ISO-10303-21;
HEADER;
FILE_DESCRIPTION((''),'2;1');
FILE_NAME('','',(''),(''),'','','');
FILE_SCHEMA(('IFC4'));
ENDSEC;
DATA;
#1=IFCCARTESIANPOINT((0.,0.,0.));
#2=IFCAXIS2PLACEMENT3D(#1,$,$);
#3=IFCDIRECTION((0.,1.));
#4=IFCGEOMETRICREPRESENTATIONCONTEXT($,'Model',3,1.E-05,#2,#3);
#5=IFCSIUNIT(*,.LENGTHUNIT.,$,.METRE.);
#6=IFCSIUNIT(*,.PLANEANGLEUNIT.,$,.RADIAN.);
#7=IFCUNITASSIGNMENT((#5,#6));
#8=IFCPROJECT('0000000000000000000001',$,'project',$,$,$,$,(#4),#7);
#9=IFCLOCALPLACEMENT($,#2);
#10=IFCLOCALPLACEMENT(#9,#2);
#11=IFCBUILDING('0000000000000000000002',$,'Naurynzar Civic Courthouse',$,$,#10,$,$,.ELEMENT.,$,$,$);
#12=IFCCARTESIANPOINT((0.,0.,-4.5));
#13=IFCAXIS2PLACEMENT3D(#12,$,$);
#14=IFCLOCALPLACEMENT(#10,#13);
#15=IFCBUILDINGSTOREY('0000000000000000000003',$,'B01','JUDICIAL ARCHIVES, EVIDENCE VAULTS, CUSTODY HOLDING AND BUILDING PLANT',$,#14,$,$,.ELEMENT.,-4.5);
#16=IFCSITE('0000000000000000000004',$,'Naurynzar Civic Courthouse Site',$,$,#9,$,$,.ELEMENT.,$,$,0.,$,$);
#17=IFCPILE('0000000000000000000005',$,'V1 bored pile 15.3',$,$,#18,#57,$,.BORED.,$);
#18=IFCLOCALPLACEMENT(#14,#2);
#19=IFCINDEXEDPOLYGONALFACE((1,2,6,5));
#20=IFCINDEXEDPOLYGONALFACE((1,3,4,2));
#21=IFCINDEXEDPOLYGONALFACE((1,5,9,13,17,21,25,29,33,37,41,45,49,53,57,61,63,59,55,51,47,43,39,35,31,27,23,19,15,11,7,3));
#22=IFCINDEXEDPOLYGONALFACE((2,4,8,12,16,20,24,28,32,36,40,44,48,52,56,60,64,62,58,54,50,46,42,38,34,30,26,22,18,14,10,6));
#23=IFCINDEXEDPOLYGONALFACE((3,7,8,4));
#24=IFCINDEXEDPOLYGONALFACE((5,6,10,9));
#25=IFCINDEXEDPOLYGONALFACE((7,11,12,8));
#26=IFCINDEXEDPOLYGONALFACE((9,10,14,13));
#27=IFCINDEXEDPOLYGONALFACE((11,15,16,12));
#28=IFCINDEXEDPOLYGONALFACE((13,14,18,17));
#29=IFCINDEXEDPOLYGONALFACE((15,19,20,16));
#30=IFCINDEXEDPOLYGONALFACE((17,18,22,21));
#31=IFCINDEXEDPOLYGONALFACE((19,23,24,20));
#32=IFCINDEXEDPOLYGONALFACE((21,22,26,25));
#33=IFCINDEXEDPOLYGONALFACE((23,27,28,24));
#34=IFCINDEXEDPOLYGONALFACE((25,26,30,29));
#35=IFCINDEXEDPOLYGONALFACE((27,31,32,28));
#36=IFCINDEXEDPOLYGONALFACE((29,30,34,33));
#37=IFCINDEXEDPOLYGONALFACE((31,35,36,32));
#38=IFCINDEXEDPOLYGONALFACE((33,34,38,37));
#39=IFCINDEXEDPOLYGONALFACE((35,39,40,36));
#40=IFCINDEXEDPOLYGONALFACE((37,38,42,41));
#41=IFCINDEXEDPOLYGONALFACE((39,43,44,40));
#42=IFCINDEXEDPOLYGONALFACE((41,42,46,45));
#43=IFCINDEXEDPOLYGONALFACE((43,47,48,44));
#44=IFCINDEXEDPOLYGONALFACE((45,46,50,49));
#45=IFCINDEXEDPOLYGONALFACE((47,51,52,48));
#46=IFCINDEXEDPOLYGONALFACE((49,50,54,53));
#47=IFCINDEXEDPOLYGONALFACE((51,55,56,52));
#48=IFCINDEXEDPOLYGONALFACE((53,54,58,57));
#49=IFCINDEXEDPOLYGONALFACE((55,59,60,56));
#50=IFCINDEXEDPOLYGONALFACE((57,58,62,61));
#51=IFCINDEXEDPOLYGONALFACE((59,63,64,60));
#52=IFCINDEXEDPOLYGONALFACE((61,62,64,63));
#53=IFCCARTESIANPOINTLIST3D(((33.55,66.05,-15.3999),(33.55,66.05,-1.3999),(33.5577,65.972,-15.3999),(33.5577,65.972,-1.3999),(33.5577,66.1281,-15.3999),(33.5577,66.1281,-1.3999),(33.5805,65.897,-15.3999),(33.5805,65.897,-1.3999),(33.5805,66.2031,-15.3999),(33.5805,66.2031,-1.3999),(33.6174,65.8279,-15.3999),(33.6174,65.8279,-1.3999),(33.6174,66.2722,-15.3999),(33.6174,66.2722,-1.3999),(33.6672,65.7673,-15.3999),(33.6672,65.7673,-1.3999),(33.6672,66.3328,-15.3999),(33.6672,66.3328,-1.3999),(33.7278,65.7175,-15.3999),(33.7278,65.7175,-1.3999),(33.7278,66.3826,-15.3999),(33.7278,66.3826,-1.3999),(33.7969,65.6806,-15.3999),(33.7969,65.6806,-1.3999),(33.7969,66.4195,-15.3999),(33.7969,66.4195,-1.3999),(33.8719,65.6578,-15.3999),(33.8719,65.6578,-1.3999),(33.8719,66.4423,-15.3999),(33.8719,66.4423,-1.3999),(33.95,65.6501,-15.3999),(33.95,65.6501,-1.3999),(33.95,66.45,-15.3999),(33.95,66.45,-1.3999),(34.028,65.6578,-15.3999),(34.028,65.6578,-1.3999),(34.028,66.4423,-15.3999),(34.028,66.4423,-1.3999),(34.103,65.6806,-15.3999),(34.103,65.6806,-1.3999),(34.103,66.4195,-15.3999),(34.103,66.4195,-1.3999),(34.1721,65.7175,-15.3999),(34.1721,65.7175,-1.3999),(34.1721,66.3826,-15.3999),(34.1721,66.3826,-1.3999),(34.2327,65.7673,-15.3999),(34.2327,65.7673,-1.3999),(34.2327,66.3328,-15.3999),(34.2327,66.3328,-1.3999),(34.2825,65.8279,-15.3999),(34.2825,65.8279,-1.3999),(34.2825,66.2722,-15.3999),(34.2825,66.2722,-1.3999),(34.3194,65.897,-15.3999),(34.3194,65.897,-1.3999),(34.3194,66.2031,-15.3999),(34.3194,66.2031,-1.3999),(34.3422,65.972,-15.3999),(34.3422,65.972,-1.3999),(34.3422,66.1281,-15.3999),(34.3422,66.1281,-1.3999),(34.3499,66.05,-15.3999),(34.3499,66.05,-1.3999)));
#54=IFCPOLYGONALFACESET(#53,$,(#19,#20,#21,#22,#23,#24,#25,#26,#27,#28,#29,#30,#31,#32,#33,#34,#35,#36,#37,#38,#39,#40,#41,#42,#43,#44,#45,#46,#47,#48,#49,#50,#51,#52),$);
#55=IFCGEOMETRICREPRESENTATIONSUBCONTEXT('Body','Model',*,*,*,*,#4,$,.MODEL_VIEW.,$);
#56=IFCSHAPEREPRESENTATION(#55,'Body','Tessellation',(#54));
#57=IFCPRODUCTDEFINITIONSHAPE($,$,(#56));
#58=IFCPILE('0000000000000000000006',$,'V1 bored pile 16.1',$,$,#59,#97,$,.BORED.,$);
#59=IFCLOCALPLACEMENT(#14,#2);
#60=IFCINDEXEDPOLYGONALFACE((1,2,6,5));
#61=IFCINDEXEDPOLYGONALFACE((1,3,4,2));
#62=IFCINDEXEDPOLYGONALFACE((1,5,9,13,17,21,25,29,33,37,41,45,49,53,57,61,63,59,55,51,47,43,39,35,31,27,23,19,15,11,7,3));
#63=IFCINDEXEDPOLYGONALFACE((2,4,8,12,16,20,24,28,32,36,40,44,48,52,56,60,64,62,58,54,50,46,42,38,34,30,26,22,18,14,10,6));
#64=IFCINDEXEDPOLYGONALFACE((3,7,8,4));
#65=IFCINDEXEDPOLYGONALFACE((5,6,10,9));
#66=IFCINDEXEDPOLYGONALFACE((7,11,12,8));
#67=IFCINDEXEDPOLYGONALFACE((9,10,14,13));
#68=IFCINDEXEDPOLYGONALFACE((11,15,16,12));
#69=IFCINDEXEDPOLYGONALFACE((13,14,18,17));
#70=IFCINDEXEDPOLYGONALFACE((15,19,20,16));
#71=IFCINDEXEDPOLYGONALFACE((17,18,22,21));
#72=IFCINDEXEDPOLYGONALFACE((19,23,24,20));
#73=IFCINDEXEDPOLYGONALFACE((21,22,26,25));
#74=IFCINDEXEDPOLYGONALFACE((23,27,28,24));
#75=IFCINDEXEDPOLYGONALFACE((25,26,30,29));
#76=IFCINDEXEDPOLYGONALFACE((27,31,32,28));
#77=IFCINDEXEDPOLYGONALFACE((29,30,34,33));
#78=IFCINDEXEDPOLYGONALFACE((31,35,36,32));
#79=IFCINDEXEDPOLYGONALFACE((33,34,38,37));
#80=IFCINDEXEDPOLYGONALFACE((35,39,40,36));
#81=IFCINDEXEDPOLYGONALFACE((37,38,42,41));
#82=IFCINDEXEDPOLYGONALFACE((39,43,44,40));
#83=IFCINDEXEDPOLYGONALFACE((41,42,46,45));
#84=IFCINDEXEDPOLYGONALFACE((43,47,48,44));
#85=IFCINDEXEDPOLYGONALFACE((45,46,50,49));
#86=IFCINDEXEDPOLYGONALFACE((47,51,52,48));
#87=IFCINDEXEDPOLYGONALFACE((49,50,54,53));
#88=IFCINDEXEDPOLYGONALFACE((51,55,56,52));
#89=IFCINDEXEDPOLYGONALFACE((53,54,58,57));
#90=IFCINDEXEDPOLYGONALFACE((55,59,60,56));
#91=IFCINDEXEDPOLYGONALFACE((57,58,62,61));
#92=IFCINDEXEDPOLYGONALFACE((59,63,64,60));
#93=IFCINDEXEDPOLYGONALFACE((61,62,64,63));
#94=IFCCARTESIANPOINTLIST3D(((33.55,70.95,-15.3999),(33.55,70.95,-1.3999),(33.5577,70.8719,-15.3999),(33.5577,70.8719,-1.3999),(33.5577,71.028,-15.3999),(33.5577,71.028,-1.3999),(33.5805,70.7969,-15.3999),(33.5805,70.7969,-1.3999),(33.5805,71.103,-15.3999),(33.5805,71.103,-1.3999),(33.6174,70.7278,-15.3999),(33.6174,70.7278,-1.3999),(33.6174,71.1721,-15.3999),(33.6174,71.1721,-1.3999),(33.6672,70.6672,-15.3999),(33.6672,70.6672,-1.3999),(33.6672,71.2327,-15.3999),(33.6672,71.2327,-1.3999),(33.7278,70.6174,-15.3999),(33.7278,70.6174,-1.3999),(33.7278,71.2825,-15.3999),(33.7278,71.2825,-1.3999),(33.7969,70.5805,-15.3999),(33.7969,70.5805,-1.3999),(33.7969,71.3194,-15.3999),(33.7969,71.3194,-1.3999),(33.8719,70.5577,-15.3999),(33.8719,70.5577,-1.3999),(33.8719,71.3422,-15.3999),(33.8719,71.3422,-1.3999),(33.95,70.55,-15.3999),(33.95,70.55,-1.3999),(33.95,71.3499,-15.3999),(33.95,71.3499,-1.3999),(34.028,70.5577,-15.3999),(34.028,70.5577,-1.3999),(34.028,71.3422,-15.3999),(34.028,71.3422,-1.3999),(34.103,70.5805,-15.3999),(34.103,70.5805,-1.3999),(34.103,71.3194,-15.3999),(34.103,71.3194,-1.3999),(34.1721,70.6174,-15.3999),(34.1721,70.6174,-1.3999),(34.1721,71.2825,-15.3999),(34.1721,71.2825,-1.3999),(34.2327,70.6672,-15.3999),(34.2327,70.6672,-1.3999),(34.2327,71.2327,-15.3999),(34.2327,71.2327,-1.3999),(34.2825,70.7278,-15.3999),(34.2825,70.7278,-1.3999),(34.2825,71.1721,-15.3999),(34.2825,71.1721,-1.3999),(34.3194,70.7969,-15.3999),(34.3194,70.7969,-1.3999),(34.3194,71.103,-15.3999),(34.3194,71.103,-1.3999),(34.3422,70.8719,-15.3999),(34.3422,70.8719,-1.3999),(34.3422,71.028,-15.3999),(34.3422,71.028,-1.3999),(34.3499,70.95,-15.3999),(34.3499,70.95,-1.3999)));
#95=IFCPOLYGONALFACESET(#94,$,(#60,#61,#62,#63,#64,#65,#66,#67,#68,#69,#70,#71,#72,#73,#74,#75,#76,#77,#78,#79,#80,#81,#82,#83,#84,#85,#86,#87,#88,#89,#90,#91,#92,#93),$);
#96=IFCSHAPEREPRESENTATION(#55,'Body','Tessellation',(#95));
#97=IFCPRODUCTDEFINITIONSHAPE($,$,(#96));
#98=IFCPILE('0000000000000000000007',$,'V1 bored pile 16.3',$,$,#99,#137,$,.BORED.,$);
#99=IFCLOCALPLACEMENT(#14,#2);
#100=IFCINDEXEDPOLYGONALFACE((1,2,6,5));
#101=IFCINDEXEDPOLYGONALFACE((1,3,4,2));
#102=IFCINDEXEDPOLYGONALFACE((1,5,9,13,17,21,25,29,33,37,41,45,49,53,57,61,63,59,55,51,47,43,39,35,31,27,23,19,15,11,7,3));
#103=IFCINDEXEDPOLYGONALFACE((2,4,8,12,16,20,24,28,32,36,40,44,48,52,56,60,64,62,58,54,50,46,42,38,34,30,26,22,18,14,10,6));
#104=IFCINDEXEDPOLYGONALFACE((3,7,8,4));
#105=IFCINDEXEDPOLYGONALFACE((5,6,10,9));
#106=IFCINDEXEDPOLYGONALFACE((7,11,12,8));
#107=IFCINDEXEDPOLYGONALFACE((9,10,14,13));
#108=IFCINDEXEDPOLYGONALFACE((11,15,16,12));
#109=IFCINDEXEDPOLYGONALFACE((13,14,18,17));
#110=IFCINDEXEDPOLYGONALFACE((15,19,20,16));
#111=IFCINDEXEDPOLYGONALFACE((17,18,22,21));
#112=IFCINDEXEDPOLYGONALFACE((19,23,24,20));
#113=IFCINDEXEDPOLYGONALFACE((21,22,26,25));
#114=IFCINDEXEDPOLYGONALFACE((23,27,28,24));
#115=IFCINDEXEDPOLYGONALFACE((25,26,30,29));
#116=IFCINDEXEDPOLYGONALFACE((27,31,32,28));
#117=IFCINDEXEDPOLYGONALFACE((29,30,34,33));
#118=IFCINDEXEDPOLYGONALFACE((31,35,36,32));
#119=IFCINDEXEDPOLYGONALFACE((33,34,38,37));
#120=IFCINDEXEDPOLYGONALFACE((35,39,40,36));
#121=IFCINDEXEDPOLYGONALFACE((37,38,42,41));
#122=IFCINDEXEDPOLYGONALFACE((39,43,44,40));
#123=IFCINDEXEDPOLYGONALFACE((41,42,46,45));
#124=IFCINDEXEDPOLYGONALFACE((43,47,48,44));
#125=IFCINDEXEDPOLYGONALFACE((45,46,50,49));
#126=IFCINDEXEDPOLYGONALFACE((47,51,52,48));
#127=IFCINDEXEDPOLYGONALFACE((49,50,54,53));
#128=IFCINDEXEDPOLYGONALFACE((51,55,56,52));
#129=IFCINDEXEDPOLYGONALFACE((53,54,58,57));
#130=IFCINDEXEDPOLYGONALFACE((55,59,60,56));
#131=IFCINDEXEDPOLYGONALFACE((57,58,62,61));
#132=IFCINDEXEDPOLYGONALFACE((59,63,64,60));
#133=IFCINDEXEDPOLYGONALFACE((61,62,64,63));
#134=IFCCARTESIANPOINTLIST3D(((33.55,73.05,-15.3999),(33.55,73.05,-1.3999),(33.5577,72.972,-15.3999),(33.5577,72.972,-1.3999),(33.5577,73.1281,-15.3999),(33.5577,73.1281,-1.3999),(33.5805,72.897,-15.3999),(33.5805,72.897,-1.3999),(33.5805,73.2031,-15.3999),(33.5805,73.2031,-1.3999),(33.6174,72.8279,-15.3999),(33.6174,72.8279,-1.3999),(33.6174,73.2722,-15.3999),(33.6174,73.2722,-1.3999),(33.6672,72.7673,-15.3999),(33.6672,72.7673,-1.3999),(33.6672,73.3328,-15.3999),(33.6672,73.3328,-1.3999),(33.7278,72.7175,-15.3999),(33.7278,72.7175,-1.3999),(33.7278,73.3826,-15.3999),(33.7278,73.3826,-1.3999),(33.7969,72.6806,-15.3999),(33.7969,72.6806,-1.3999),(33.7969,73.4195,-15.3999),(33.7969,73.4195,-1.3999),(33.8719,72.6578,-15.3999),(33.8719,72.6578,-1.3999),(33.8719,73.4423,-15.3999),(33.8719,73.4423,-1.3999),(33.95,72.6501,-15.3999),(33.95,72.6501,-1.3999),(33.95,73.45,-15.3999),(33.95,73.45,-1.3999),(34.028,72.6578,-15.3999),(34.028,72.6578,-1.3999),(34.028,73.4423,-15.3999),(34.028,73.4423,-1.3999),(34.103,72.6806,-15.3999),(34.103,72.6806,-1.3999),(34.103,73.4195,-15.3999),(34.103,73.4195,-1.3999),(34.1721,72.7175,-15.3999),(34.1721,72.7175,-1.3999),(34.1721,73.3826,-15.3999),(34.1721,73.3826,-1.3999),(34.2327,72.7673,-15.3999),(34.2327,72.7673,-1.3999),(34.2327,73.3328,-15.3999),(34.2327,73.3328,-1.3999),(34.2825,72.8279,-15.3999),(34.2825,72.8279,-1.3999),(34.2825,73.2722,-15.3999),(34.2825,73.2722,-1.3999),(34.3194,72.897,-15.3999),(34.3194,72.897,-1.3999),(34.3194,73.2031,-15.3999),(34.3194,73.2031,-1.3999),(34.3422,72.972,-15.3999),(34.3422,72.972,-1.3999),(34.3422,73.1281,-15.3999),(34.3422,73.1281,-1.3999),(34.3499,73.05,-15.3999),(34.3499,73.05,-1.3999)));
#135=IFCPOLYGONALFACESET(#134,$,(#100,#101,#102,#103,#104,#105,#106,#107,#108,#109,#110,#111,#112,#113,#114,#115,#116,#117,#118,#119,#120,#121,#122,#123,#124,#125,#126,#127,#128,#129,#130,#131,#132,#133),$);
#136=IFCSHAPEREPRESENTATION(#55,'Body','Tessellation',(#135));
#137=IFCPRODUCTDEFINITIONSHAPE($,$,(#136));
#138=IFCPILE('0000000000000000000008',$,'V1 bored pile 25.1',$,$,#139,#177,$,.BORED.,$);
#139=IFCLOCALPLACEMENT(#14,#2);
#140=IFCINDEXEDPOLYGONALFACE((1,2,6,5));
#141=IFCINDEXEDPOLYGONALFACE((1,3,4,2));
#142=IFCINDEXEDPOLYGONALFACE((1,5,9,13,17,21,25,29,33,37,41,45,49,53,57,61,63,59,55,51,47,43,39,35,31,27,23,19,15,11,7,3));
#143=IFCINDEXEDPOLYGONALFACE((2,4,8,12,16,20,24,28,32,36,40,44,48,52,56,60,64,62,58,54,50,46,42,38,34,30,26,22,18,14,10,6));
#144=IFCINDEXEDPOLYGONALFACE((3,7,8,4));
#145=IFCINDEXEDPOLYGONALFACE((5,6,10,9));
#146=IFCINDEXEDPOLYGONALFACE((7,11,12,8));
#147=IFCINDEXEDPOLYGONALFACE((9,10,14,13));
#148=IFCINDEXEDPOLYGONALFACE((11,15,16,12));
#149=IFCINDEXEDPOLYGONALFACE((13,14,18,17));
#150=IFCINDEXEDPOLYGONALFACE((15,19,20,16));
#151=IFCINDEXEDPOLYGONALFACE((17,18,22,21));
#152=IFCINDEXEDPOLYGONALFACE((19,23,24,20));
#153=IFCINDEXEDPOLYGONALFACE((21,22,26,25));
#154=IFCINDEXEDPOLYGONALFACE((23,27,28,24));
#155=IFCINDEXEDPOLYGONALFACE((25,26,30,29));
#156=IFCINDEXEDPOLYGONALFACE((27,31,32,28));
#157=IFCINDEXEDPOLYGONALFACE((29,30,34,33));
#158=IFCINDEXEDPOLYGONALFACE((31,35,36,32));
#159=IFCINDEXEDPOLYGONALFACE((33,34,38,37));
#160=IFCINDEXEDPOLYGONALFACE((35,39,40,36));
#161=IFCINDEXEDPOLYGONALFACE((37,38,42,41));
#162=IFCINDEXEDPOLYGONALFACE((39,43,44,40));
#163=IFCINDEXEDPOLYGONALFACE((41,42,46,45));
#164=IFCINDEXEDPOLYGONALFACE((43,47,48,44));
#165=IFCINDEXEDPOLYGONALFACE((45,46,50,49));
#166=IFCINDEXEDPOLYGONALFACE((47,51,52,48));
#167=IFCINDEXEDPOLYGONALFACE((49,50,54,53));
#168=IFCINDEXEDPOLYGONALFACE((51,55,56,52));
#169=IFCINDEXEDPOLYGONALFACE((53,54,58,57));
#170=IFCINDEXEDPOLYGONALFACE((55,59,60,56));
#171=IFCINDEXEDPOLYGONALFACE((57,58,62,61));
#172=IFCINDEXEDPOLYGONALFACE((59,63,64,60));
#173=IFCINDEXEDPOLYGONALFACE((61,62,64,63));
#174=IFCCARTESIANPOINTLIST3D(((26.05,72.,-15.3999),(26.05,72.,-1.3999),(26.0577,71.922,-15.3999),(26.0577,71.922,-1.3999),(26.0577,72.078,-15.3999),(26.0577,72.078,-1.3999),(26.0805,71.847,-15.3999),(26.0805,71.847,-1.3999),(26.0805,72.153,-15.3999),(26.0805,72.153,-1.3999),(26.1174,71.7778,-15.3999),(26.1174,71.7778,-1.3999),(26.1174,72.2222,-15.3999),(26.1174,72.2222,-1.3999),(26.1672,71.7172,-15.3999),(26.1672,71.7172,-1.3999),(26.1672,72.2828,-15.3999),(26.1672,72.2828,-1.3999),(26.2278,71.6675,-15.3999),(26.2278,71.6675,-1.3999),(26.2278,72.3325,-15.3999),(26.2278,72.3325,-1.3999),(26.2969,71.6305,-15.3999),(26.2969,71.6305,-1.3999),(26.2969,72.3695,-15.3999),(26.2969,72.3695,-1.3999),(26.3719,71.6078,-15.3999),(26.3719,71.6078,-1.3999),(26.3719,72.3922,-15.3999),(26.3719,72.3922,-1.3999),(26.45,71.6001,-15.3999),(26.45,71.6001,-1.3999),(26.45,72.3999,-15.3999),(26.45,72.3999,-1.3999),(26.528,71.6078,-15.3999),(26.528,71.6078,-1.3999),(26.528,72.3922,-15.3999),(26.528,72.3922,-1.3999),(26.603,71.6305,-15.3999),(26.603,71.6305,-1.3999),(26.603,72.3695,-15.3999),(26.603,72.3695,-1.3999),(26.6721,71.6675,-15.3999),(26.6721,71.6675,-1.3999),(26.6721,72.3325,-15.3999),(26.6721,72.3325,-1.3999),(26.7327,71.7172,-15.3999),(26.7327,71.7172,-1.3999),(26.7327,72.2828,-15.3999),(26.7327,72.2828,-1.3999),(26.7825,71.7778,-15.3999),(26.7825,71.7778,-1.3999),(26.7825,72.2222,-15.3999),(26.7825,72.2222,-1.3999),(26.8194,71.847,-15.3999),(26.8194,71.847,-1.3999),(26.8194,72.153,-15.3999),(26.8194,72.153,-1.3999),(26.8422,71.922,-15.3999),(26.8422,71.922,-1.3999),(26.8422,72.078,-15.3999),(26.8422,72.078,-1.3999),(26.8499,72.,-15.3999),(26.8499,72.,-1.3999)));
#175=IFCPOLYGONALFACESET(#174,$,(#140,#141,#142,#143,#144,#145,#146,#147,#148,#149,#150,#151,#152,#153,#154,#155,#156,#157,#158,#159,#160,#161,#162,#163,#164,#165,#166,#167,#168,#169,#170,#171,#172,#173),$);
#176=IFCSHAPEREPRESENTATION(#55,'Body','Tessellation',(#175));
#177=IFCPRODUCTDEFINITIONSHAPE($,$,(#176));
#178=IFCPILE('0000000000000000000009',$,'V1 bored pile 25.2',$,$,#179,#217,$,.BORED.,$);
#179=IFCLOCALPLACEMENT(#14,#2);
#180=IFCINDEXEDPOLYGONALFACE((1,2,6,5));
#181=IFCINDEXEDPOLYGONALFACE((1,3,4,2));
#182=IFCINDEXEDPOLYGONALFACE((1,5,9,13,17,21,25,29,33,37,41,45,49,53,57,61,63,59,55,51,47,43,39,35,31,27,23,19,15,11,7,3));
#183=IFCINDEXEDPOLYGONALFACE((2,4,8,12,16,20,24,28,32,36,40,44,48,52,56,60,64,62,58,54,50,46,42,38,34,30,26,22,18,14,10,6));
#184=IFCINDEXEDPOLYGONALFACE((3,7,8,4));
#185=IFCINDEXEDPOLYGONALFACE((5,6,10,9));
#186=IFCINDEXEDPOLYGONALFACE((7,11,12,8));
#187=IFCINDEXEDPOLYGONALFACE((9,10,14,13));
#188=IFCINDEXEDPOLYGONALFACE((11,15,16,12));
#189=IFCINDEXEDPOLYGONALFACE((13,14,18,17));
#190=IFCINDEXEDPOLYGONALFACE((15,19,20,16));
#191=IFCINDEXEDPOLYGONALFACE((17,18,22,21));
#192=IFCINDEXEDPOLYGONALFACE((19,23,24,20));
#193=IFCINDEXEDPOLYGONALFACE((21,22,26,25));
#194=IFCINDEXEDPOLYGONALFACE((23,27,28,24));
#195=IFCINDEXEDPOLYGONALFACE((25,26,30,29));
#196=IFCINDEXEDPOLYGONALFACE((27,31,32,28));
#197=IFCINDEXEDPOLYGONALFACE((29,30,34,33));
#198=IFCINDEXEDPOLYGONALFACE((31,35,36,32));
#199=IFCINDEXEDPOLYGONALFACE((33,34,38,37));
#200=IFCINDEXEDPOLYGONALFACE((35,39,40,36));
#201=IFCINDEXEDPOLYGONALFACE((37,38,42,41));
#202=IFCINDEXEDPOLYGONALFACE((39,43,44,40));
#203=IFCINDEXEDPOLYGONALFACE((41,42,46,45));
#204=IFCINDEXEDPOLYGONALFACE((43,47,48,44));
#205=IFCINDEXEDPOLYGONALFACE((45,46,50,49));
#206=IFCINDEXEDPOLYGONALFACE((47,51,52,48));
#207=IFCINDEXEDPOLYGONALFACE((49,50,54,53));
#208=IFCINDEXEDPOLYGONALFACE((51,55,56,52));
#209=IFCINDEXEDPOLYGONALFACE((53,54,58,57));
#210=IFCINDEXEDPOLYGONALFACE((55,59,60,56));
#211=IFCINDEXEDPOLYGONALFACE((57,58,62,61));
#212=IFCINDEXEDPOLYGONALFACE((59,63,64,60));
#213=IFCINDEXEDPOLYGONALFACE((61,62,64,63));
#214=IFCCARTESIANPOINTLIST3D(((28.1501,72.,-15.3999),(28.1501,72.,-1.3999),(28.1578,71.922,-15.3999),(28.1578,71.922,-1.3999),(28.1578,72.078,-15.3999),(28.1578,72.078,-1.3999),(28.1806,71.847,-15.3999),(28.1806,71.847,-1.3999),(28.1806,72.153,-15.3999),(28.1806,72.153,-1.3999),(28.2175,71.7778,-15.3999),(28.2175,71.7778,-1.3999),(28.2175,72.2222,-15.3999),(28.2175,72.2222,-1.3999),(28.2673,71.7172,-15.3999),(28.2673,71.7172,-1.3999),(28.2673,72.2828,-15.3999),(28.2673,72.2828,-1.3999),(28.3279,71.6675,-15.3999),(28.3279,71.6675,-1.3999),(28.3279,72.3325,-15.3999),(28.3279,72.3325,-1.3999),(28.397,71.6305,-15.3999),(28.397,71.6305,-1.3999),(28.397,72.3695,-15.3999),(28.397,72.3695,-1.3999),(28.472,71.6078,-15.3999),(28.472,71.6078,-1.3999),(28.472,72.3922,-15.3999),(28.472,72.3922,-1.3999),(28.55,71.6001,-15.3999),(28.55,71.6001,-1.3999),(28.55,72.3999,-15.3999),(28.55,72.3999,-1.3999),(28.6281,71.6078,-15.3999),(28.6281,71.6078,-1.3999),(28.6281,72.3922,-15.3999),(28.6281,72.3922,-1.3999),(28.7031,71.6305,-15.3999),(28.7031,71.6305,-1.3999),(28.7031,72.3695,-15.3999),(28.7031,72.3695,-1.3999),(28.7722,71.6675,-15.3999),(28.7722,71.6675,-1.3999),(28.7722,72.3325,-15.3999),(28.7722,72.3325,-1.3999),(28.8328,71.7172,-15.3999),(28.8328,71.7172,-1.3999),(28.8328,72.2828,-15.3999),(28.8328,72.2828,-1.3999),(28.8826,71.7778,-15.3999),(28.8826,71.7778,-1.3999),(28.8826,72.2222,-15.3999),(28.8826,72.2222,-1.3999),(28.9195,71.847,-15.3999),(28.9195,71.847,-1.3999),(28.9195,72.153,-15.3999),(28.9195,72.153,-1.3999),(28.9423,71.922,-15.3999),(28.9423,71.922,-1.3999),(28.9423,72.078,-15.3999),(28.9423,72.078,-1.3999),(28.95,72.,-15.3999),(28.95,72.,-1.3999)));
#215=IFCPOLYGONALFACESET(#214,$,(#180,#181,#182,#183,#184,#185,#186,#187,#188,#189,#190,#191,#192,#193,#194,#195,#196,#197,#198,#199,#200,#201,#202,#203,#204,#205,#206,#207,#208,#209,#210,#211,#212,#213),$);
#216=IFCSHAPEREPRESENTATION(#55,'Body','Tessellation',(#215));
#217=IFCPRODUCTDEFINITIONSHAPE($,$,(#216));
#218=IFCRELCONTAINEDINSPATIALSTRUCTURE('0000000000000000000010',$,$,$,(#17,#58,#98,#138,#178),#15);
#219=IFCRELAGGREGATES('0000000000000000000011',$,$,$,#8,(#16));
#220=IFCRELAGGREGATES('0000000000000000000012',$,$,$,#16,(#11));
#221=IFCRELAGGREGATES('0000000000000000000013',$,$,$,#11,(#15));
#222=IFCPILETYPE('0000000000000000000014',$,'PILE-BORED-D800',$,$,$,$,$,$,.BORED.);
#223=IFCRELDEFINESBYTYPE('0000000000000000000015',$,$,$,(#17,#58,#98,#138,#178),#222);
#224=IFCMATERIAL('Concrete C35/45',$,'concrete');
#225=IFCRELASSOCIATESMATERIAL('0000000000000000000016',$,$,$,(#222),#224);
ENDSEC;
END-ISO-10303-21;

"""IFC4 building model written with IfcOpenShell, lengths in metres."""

from ifc_helpers import new_model, si_unit, direction, frame, origin, origin_2d, place, context, subcontext, project, spatial, circle, extrude, material, material_profile, profile_set, type_object, element, save


model = new_model("IFC4")

# Units and contexts
model_context = context("Model", 3, precision=1e-05, world=origin(), true_north=direction((0.0, 1.0)))
body_context = subcontext(model_context, "Body", "Model", "MODEL_VIEW")
ifc_project = project(units=[si_unit("LENGTHUNIT", "METRE"), si_unit("PLANEANGLEUNIT", "RADIAN")], contexts=[model_context])

# Site, building, storey
site_placement = place(None, origin())
site = spatial("IfcSite", under=ifc_project, at=site_placement, Name="Naurynzar Civic Courthouse Site", CompositionType="ELEMENT", RefElevation=0.0)
building_placement = place(site_placement, origin())
building = spatial("IfcBuilding", under=site, at=building_placement, Name="Naurynzar Civic Courthouse", CompositionType="ELEMENT")
storey_placement = place(building_placement, frame((0.0, 0.0, -4.5)))
storey = spatial("IfcBuildingStorey", under=building, at=storey_placement, Name="B01", Description="JUDICIAL ARCHIVES, EVIDENCE VAULTS, CUSTODY HOLDING AND BUILDING PLANT", CompositionType="ELEMENT", Elevation=-4.5)

# Piles
ifc_material_1 = material(Name="Concrete C35/45", Category="concrete")
ifc_material_profile_1 = material_profile(ifc_material_1, circle(Radius=0.3999, at=origin_2d()), Name="PILE D800")
ifc_profile_set_1 = profile_set([ifc_material_profile_1], Name="Concrete C35/45")
pile_type = type_object("IfcPileType", Name="PILE-BORED-D800", PredefinedType="BORED", material=ifc_profile_set_1)
for number, where, z_axis, x_axis, name in (
    (1, (33.95, 66.05, -1.3999), (0.0, 0.0, -1.0), (1.0, 0.0, 0.0), "V1 bored pile 15.3"),
    (2, (33.95, 70.95, -1.3999), (0.0, 0.0, -1.0), (1.0, 0.0, 0.0), "V1 bored pile 16.1"),
    (3, (33.95, 73.05, -1.3999), (0.0, 0.0, -1.0), (1.0, 0.0, 0.0), "V1 bored pile 16.3"),
    (4, (26.45, 72.0, -1.3999), (0.0, 0.0, -1.0), (1.0, 0.0, 0.0), "V1 bored pile 25.1"),
    (5, (28.55, 72.0, -1.3999), (0.0, 0.0, -1.0), (1.0, 0.0, 0.0), "V1 bored pile 25.2"),
):
    element("IfcPile", number, at=place(storey_placement, frame(where, z_axis=z_axis, x_axis=x_axis)), inside=storey, type_object=pile_type, Name=name, PredefinedType="BORED", context=body_context, shape_type="SweptSolid", body=[
        extrude(circle(Radius=0.3999, at=origin_2d()), origin(), (0.0, 0.0, 1.0), 14.0),
    ])

save(model, "model.ifc")
